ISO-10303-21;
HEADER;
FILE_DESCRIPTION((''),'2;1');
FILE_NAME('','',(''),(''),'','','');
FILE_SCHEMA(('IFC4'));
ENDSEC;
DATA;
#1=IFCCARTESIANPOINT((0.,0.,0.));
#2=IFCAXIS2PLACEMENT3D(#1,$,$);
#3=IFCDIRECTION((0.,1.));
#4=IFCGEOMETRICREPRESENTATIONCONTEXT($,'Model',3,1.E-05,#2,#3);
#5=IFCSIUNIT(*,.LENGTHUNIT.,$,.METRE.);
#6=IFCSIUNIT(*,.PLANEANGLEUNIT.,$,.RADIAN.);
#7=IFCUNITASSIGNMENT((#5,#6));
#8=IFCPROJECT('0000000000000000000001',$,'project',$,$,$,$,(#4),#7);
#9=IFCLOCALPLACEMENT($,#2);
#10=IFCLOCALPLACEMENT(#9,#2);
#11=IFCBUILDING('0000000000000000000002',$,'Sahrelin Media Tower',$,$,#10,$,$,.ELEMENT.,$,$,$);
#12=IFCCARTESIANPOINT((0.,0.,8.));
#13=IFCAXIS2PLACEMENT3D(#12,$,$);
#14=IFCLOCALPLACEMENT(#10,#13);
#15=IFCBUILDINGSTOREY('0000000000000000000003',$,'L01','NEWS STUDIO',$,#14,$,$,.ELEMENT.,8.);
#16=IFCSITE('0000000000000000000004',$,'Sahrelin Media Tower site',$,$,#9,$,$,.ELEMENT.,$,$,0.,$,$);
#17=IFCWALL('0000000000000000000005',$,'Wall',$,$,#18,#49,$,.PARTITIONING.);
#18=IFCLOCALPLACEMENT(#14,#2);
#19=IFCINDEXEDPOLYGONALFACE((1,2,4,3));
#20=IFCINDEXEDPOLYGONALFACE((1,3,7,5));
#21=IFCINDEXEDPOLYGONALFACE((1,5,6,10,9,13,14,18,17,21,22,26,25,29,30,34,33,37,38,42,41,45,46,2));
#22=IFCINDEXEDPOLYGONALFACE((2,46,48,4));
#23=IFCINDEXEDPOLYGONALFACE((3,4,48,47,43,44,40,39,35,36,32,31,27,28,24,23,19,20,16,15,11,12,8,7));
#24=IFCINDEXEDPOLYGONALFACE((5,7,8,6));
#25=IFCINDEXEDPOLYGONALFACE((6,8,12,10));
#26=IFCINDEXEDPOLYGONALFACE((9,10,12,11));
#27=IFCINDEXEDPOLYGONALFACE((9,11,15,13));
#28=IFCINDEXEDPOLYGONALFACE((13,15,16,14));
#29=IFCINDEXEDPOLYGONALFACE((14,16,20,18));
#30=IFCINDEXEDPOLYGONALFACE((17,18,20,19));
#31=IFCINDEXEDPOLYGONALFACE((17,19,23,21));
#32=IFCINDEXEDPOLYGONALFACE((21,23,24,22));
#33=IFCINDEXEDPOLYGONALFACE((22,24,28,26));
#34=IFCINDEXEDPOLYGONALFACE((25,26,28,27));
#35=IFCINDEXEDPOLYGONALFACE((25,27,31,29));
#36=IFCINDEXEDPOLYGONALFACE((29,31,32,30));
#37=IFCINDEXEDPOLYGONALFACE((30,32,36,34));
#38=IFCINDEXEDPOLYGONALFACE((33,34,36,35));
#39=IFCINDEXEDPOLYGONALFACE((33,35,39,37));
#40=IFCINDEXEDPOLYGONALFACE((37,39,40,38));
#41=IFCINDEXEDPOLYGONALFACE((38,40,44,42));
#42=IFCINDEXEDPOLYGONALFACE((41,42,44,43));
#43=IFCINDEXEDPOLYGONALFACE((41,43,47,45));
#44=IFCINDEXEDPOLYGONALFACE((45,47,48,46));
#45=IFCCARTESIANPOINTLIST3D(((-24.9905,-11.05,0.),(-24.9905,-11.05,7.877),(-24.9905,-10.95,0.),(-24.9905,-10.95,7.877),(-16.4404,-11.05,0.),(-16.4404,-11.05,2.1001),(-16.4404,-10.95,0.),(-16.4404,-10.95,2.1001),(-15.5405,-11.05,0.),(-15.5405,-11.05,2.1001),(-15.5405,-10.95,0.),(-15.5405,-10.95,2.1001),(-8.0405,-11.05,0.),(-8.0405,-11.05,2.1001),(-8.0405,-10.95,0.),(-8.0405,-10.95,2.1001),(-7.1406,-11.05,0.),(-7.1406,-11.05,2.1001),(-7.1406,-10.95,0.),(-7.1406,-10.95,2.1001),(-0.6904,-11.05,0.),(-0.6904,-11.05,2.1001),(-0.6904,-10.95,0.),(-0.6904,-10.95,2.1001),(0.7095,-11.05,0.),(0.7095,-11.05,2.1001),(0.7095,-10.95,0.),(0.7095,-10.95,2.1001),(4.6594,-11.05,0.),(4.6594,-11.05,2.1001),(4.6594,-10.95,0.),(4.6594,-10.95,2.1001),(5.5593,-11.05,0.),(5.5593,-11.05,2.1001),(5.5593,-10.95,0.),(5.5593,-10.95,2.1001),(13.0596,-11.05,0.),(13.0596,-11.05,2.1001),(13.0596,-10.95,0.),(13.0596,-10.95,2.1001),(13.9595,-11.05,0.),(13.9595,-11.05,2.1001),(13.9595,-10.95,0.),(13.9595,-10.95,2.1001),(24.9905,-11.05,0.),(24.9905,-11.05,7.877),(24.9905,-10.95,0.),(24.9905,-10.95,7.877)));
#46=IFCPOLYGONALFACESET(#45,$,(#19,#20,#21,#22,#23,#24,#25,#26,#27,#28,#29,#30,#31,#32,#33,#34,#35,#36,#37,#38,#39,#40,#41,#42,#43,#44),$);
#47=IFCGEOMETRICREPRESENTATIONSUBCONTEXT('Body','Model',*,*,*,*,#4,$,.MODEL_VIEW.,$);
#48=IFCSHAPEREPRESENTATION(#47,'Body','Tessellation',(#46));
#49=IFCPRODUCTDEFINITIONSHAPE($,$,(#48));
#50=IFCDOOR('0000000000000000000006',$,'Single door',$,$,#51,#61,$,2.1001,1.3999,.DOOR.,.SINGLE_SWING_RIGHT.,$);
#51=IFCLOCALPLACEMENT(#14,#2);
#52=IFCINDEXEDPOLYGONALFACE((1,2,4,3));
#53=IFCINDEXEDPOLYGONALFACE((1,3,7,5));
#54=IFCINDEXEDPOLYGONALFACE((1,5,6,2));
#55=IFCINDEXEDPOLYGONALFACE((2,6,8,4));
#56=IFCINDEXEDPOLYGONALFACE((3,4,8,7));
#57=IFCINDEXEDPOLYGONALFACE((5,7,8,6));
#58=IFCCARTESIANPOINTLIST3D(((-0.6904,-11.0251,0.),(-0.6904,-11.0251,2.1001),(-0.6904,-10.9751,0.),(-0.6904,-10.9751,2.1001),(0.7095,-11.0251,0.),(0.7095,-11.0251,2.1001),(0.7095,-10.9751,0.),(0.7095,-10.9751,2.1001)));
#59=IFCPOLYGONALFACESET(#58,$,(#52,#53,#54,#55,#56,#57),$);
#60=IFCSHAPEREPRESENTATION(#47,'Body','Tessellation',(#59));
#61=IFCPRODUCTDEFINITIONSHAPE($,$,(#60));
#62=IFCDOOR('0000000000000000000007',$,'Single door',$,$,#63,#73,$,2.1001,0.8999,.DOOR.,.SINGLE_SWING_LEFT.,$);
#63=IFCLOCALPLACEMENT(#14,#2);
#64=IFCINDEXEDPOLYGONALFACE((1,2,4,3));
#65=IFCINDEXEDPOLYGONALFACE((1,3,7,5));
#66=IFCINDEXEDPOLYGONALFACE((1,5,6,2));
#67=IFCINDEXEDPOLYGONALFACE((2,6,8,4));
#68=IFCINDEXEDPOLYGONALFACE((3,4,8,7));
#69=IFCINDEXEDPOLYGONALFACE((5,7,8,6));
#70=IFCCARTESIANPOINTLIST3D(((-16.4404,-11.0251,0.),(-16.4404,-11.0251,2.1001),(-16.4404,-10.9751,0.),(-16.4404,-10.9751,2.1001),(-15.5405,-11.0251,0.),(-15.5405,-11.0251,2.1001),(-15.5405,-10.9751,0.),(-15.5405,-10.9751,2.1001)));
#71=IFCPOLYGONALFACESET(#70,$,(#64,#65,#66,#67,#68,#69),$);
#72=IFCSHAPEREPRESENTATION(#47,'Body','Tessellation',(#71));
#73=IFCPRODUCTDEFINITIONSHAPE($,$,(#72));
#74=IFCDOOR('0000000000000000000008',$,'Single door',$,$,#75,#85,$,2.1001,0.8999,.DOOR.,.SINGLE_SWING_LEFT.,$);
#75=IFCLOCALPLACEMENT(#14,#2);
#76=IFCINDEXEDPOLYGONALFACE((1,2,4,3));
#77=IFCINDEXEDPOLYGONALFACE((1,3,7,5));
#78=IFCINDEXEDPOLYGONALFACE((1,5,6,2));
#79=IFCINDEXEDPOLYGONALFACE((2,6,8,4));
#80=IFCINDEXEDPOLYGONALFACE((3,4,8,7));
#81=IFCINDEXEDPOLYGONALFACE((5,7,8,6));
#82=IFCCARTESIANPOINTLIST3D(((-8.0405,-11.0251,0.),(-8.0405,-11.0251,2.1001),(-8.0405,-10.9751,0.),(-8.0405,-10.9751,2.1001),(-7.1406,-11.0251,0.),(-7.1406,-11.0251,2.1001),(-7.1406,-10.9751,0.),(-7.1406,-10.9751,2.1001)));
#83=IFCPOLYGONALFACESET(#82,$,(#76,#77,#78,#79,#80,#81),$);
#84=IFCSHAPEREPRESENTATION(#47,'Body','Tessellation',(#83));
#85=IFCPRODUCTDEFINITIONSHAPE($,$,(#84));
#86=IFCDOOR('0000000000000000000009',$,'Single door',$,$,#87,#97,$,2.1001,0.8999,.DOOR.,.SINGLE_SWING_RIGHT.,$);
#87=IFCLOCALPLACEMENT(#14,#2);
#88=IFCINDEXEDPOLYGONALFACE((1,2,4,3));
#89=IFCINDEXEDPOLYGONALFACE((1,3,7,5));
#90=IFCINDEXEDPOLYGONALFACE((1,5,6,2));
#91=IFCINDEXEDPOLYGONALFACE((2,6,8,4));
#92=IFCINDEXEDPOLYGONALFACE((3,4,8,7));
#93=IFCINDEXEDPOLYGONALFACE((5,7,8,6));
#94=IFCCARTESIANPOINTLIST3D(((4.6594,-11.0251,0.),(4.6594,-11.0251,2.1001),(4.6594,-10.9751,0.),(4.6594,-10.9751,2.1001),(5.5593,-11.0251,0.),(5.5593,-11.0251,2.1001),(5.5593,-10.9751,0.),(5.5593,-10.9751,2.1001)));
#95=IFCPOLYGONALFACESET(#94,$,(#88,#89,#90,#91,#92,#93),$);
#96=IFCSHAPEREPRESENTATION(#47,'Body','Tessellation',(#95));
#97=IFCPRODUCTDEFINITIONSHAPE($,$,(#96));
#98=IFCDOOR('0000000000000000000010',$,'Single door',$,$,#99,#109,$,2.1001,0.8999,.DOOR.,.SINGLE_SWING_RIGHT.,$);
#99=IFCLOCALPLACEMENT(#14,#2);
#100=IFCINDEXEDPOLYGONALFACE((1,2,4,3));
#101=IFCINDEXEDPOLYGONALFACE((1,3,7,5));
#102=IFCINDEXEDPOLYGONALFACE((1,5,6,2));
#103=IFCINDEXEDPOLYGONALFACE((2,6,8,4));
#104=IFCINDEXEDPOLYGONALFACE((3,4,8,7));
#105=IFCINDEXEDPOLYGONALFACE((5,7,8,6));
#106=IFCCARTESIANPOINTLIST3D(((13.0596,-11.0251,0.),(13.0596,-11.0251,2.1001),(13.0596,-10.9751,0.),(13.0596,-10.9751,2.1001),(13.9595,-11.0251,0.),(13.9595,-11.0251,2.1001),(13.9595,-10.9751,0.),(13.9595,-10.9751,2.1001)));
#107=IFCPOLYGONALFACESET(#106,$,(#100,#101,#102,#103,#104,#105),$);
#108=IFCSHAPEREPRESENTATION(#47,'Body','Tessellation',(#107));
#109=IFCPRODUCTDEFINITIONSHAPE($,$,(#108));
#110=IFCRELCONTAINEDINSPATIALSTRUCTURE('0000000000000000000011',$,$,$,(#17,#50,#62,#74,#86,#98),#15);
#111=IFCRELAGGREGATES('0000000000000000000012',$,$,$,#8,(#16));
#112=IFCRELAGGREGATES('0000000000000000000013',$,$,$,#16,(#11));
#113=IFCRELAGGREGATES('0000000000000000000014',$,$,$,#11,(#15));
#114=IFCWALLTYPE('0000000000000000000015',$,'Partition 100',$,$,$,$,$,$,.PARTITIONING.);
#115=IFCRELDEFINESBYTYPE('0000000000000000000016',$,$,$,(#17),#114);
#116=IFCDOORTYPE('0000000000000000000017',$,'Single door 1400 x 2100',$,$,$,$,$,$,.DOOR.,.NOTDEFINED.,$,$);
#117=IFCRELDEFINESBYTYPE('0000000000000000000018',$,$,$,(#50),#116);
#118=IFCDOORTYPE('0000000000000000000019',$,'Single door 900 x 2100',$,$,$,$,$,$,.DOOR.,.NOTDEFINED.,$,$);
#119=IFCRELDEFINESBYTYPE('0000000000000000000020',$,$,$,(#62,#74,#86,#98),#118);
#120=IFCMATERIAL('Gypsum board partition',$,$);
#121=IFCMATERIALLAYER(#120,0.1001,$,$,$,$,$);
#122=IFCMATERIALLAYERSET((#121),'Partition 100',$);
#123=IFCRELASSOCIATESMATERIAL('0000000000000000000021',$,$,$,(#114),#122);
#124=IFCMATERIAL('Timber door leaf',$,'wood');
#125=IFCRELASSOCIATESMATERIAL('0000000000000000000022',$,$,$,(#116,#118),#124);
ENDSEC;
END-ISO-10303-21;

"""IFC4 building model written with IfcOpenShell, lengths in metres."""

from ifc_helpers import new_model, si_unit, direction, frame, frame_2d, origin, place, context, subcontext, project, spatial, rectangle, extrude, material, layer, layer_set, type_object, element, fill, save


model = new_model("IFC4")

# Units and contexts
model_context = context("Model", 3, precision=1e-05, world=origin(), true_north=direction((0.0, 1.0)))
body_context = subcontext(model_context, "Body", "Model", "MODEL_VIEW")
ifc_project = project(units=[si_unit("LENGTHUNIT", "METRE"), si_unit("PLANEANGLEUNIT", "RADIAN")], contexts=[model_context])

# Site, building, storey
site_placement = place(None, origin())
site = spatial("IfcSite", under=ifc_project, at=site_placement, Name="Sahrelin Media Tower site", CompositionType="ELEMENT", RefElevation=0.0)
building_placement = place(site_placement, origin())
building = spatial("IfcBuilding", under=site, at=building_placement, Name="Sahrelin Media Tower", CompositionType="ELEMENT")
storey_placement = place(building_placement, frame((0.0, 0.0, 8.0)))
storey = spatial("IfcBuildingStorey", under=building, at=storey_placement, Name="L01", Description="NEWS STUDIO", CompositionType="ELEMENT", Elevation=8.0)

# Shared definitions
ifc_material_1 = material(Name="Gypsum board partition")
ifc_layer_1 = layer(ifc_material_1, 0.1001)
ifc_layer_set_1 = layer_set([ifc_layer_1], Name="Partition 100")
wall_type_1 = type_object("IfcWallType", Name="Partition 100", PredefinedType="PARTITIONING", material=ifc_layer_set_1)

# Wall, openings, doors
wall_1_placement = place(storey_placement, frame((-24.9905, -11.0, 0.0), z_axis=(0.0, 0.0, 1.0), x_axis=(1.0, 0.0, 0.0)))
wall_1 = element("IfcWall", 1, at=wall_1_placement, inside=storey, type_object=wall_type_1, Name="Wall", PredefinedType="PARTITIONING", context=body_context, shape_type="SweptSolid", body=[
    extrude(rectangle(XDim=49.981, YDim=0.1001, at=frame_2d((24.9905, 0.0))), origin(), (0.0, 0.0, 1.0), 7.877),
])
opening_1_placement = place(wall_1_placement, frame((8.55, 0.0, 0.0)))
opening_1 = element("IfcOpeningElement", 2, at=opening_1_placement, cuts=wall_1, PredefinedType="OPENING", context=body_context, shape_type="SweptSolid", body=[
    extrude(rectangle(XDim=0.8999, YDim=2.1001, at=frame_2d((0.45, 1.05))), frame((0.0, 0.05, 0.0), z_axis=(0.0, -1.0, 0.0), x_axis=(1.0, 0.0, 0.0)), (0.0, 0.0, 1.0), 0.1001),
])
opening_2_placement = place(wall_1_placement, frame((16.95, 0.0, 0.0)))
opening_2 = element("IfcOpeningElement", 3, at=opening_2_placement, cuts=wall_1, PredefinedType="OPENING", context=body_context, shape_type="SweptSolid", body=[
    extrude(rectangle(XDim=0.8999, YDim=2.1001, at=frame_2d((0.45, 1.05))), frame((0.0, 0.05, 0.0), z_axis=(0.0, -1.0, 0.0), x_axis=(1.0, 0.0, 0.0)), (0.0, 0.0, 1.0), 0.1001),
])
opening_3_placement = place(wall_1_placement, frame((24.3, 0.0, 0.0)))
opening_3 = element("IfcOpeningElement", 4, at=opening_3_placement, cuts=wall_1, PredefinedType="OPENING", context=body_context, shape_type="SweptSolid", body=[
    extrude(rectangle(XDim=1.3999, YDim=2.1001, at=frame_2d((0.7, 1.05))), frame((0.0, 0.05, 0.0), z_axis=(0.0, -1.0, 0.0), x_axis=(1.0, 0.0, 0.0)), (0.0, 0.0, 1.0), 0.1001),
])
opening_4_placement = place(wall_1_placement, frame((29.6499, 0.0, 0.0)))
opening_4 = element("IfcOpeningElement", 5, at=opening_4_placement, cuts=wall_1, PredefinedType="OPENING", context=body_context, shape_type="SweptSolid", body=[
    extrude(rectangle(XDim=0.8999, YDim=2.1001, at=frame_2d((0.45, 1.05))), frame((0.0, 0.05, 0.0), z_axis=(0.0, -1.0, 0.0), x_axis=(1.0, 0.0, 0.0)), (0.0, 0.0, 1.0), 0.1001),
])
opening_5_placement = place(wall_1_placement, frame((38.05, 0.0, 0.0)))
opening_5 = element("IfcOpeningElement", 6, at=opening_5_placement, cuts=wall_1, PredefinedType="OPENING", context=body_context, shape_type="SweptSolid", body=[
    extrude(rectangle(XDim=0.8999, YDim=2.1001, at=frame_2d((0.45, 1.05))), frame((0.0, 0.05, 0.0), z_axis=(0.0, -1.0, 0.0), x_axis=(1.0, 0.0, 0.0)), (0.0, 0.0, 1.0), 0.1001),
])
ifc_material_2 = material(Name="Timber door leaf", Category="wood")
door_type_1 = type_object("IfcDoorType", Name="Single door 1400 x 2100", OperationType="NOTDEFINED", PredefinedType="DOOR", material=ifc_material_2)
door_1_placement = place(opening_3_placement, origin())
door_1 = element("IfcDoor", 7, at=door_1_placement, inside=storey, type_object=door_type_1, Name="Single door", OperationType="SINGLE_SWING_RIGHT", OverallHeight=2.1001, OverallWidth=1.3999, PredefinedType="DOOR", context=body_context, shape_type="SweptSolid", body=[
    extrude(rectangle(XDim=1.3999, YDim=2.1001, at=frame_2d((0.7, 1.05))), frame((0.0, 0.0249, 0.0), z_axis=(0.0, -1.0, 0.0), x_axis=(1.0, 0.0, 0.0)), (0.0, 0.0, 1.0), 0.05),
])
fill(opening_3, door_1)
door_type_2 = type_object("IfcDoorType", Name="Single door 900 x 2100", OperationType="NOTDEFINED", PredefinedType="DOOR", material=ifc_material_2)
door_2_placement = place(opening_1_placement, origin())
door_2 = element("IfcDoor", 8, at=door_2_placement, inside=storey, type_object=door_type_2, Name="Single door", OperationType="SINGLE_SWING_LEFT", OverallHeight=2.1001, OverallWidth=0.8999, PredefinedType="DOOR", context=body_context, shape_type="SweptSolid", body=[
    extrude(rectangle(XDim=0.8999, YDim=2.1001, at=frame_2d((0.45, 1.05))), frame((0.0, 0.0249, 0.0), z_axis=(0.0, -1.0, 0.0), x_axis=(1.0, 0.0, 0.0)), (0.0, 0.0, 1.0), 0.05),
])
fill(opening_1, door_2)
door_3_placement = place(opening_2_placement, origin())
door_3 = element("IfcDoor", 9, at=door_3_placement, inside=storey, type_object=door_type_2, Name="Single door", OperationType="SINGLE_SWING_LEFT", OverallHeight=2.1001, OverallWidth=0.8999, PredefinedType="DOOR", context=body_context, shape_type="SweptSolid", body=[
    extrude(rectangle(XDim=0.8999, YDim=2.1001, at=frame_2d((0.45, 1.05))), frame((0.0, 0.0249, 0.0), z_axis=(0.0, -1.0, 0.0), x_axis=(1.0, 0.0, 0.0)), (0.0, 0.0, 1.0), 0.05),
])
fill(opening_2, door_3)
door_4_placement = place(opening_4_placement, origin())
door_4 = element("IfcDoor", 10, at=door_4_placement, inside=storey, type_object=door_type_2, Name="Single door", OperationType="SINGLE_SWING_RIGHT", OverallHeight=2.1001, OverallWidth=0.8999, PredefinedType="DOOR", context=body_context, shape_type="SweptSolid", body=[
    extrude(rectangle(XDim=0.8999, YDim=2.1001, at=frame_2d((0.45, 1.05))), frame((0.0, 0.0249, 0.0), z_axis=(0.0, -1.0, 0.0), x_axis=(1.0, 0.0, 0.0)), (0.0, 0.0, 1.0), 0.05),
])
fill(opening_4, door_4)
door_5_placement = place(opening_5_placement, origin())
door_5 = element("IfcDoor", 11, at=door_5_placement, inside=storey, type_object=door_type_2, Name="Single door", OperationType="SINGLE_SWING_RIGHT", OverallHeight=2.1001, OverallWidth=0.8999, PredefinedType="DOOR", context=body_context, shape_type="SweptSolid", body=[
    extrude(rectangle(XDim=0.8999, YDim=2.1001, at=frame_2d((0.45, 1.05))), frame((0.0, 0.0249, 0.0), z_axis=(0.0, -1.0, 0.0), x_axis=(1.0, 0.0, 0.0)), (0.0, 0.0, 1.0), 0.05),
])
fill(opening_5, door_5)

save(model, "model.ifc")
